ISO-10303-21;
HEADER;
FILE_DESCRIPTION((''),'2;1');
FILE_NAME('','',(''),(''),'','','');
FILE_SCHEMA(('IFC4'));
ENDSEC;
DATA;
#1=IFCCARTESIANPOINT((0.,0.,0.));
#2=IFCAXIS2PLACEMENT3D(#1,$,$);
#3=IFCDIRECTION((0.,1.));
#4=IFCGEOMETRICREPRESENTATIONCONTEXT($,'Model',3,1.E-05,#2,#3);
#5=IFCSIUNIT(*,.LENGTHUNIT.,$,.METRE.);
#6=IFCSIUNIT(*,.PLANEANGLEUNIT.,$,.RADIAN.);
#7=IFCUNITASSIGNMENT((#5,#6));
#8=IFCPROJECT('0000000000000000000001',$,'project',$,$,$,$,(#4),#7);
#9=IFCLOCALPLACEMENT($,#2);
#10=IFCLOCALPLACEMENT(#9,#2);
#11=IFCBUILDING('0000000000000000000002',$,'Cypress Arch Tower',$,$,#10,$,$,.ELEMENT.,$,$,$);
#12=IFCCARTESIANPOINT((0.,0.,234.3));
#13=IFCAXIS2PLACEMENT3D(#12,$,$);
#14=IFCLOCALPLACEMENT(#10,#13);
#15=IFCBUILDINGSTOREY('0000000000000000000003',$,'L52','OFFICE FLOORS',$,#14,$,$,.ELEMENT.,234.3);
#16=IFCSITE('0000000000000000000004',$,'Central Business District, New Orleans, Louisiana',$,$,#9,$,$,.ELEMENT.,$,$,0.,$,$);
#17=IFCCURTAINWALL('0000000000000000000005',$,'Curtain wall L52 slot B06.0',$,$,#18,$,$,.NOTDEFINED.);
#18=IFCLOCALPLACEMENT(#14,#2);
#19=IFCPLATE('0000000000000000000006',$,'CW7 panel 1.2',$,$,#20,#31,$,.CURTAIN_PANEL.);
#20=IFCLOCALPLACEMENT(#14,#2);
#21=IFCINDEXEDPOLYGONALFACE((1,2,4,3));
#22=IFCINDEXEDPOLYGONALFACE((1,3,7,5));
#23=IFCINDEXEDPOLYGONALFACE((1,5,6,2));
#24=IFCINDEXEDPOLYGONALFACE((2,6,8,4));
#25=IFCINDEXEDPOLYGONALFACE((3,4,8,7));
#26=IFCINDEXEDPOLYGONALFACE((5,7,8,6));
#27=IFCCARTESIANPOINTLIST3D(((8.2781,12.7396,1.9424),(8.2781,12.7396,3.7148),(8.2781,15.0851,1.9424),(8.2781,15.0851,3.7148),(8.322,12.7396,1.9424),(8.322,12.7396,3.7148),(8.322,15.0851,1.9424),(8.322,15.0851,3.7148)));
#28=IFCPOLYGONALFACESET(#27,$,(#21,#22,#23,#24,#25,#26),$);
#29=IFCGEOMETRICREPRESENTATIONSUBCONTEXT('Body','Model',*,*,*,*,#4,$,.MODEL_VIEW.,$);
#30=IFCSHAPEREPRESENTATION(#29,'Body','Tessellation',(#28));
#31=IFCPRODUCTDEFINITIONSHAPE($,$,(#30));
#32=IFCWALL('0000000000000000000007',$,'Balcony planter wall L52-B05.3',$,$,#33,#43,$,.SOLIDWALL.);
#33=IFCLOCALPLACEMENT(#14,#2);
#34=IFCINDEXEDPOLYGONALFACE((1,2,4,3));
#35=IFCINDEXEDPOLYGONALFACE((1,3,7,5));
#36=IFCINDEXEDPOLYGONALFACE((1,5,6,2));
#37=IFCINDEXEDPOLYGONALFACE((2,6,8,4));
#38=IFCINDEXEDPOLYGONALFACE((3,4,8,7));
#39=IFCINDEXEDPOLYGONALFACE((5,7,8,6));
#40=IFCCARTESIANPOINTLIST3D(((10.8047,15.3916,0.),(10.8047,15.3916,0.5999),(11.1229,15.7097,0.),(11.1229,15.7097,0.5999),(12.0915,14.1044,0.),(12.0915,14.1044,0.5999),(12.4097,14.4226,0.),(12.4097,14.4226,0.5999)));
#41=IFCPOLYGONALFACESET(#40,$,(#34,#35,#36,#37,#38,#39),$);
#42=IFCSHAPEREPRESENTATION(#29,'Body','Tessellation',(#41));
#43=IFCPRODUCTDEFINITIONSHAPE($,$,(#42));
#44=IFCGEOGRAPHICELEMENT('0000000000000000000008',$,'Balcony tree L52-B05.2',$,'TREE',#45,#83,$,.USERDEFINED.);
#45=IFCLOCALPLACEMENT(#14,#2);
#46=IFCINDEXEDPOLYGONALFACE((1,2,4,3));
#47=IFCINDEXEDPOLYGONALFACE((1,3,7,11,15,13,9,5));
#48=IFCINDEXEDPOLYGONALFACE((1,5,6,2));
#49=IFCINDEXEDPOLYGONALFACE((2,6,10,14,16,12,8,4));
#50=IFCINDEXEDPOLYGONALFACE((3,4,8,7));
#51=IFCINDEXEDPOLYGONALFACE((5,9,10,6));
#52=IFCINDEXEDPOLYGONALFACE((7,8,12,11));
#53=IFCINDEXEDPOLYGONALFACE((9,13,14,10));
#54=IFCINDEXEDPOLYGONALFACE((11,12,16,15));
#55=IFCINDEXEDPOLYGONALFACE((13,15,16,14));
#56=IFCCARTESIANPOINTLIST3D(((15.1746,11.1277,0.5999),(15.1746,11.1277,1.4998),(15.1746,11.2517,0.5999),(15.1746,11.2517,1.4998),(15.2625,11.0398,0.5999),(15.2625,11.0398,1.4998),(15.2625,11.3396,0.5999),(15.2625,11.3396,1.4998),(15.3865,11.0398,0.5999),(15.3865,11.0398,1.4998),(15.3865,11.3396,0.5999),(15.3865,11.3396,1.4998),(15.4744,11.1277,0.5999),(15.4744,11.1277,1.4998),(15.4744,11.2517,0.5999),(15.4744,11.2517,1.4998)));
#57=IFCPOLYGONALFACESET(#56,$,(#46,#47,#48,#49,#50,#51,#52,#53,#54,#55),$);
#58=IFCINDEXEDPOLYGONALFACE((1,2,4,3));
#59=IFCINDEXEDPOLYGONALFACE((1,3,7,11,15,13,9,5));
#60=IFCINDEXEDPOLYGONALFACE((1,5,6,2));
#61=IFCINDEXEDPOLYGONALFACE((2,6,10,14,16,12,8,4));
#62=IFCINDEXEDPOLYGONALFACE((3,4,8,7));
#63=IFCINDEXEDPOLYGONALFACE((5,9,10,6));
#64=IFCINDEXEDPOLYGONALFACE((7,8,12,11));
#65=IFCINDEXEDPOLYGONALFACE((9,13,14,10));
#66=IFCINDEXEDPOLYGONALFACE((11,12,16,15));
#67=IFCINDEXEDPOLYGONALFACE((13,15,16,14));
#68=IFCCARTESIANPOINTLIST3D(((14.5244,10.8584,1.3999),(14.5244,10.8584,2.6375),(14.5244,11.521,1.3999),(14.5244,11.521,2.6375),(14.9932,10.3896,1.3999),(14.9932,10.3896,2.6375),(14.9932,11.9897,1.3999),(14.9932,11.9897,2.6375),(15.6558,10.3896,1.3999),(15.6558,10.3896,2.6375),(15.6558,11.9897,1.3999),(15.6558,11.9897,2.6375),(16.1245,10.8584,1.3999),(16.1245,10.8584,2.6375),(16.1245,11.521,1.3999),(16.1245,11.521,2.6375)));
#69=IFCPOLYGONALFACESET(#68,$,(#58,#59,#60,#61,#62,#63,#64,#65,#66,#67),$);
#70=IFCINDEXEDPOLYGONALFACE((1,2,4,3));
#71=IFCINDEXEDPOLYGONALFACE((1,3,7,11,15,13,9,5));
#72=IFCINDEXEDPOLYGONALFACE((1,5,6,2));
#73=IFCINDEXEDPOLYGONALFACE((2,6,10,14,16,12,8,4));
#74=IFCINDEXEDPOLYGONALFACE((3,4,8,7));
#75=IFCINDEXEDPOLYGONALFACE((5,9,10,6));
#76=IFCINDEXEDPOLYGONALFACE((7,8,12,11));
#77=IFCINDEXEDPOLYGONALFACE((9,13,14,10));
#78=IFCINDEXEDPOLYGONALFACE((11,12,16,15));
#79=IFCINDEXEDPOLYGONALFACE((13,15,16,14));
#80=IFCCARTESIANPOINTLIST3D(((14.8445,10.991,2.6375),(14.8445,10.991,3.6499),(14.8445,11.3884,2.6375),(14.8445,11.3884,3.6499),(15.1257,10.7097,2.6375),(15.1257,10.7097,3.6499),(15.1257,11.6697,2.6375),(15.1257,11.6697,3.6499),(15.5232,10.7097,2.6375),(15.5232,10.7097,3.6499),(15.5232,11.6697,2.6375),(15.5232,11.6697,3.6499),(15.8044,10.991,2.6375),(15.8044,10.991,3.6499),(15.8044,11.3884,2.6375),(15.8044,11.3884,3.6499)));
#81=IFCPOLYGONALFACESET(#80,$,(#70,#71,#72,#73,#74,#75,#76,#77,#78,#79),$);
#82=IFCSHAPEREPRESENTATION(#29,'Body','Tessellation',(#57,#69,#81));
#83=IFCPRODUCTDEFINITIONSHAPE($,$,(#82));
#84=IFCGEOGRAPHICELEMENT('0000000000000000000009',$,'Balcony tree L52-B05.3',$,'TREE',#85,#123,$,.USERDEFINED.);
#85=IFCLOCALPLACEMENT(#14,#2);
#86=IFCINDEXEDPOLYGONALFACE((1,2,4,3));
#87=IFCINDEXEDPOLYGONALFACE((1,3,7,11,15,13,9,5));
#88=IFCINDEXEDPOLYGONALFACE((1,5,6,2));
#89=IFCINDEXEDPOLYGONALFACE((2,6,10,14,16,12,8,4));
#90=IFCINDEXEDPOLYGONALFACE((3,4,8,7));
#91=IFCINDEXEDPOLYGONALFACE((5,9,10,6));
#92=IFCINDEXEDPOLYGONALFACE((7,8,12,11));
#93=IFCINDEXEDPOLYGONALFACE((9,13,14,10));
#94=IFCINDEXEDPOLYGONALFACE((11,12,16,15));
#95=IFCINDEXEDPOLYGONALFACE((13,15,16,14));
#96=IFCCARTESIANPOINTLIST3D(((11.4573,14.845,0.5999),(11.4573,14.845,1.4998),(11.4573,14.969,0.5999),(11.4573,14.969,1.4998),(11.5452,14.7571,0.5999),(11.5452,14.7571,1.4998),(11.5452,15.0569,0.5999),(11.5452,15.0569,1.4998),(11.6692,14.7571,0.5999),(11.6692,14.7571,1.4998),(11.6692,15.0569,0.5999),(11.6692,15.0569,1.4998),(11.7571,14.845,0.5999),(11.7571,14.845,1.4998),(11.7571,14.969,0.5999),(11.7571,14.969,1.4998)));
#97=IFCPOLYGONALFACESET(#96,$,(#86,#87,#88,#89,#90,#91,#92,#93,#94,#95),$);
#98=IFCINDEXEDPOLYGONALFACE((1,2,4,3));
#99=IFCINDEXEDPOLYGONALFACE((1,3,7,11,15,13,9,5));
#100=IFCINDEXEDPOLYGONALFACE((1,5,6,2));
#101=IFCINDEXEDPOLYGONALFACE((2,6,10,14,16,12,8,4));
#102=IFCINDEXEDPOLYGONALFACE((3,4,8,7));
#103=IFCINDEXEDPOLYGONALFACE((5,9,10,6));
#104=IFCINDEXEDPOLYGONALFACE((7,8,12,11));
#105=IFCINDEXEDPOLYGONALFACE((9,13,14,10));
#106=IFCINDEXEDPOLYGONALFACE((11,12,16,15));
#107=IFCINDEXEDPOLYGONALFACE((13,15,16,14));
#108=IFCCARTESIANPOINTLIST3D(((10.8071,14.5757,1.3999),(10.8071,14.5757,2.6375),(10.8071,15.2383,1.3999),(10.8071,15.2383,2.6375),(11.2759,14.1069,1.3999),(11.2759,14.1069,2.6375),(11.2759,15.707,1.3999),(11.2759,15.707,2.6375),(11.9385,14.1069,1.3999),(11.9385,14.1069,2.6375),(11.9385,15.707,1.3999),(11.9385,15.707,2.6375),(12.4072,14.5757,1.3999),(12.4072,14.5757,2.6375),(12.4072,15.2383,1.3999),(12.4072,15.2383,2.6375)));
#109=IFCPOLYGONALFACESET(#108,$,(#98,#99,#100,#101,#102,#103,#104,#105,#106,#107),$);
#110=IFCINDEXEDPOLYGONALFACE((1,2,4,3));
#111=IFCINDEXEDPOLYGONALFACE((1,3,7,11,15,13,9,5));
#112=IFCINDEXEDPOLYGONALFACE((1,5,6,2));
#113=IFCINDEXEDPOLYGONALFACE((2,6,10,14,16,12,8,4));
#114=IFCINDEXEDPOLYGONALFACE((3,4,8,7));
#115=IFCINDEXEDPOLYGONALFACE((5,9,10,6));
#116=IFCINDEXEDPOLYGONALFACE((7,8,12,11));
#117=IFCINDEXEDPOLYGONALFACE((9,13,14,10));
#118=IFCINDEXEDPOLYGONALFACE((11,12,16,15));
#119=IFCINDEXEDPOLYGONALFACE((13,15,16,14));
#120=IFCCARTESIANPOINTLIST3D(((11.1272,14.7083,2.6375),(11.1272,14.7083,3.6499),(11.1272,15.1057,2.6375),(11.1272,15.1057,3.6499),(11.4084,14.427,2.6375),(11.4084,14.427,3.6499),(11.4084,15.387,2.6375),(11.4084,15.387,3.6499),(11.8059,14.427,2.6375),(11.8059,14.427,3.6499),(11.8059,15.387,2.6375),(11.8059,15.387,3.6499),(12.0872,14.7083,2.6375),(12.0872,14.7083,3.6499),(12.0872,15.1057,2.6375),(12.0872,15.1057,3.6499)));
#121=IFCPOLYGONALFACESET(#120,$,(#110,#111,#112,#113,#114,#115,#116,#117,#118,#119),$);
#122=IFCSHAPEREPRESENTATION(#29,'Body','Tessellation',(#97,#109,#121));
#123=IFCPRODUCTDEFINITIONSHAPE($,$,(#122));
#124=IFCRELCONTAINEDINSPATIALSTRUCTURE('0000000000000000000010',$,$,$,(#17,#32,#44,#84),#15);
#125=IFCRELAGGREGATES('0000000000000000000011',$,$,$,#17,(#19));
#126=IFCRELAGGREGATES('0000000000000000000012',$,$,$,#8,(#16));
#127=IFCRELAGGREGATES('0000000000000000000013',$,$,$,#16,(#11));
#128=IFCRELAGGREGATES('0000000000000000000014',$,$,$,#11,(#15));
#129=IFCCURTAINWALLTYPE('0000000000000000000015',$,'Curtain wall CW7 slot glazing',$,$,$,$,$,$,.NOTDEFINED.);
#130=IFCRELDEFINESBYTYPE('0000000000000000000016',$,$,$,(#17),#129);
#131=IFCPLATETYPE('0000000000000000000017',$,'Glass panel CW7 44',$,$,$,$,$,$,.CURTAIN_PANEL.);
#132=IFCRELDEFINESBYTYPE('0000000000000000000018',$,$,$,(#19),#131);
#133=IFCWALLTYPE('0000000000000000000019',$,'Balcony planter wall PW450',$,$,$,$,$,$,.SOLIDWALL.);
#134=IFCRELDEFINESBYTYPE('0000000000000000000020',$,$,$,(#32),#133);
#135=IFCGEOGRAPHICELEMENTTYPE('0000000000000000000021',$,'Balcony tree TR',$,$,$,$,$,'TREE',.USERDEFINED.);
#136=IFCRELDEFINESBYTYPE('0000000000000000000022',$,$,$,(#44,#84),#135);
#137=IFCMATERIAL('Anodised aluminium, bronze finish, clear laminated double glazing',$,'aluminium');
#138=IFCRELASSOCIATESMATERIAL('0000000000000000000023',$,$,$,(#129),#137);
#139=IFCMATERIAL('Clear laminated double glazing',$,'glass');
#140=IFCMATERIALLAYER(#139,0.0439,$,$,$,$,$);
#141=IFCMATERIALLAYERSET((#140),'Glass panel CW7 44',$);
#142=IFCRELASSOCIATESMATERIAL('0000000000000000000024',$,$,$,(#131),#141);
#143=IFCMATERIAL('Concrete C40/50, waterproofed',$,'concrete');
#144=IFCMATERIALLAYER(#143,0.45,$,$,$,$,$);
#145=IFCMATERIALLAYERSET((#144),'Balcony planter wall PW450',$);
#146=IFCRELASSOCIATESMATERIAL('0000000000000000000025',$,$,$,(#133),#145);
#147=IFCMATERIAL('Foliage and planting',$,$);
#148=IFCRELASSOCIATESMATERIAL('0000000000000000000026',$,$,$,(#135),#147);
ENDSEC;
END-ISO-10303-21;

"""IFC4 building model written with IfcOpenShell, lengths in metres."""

from ifc_helpers import new_model, si_unit, direction, frame, frame_2d, origin, origin_2d, place, context, subcontext, project, spatial, polyline, rectangle, outline, extrude, material, layer, layer_set, type_object, element, aggregate, save


model = new_model("IFC4")

# Units and contexts
model_context = context("Model", 3, precision=1e-05, world=origin(), true_north=direction((0.0, 1.0)))
body_context = subcontext(model_context, "Body", "Model", "MODEL_VIEW")
ifc_project = project(units=[si_unit("LENGTHUNIT", "METRE"), si_unit("PLANEANGLEUNIT", "RADIAN")], contexts=[model_context])

# Site, building, storey
site_placement = place(None, origin())
site = spatial("IfcSite", under=ifc_project, at=site_placement, Name="Central Business District, New Orleans, Louisiana", CompositionType="ELEMENT", RefElevation=0.0)
building_placement = place(site_placement, origin())
building = spatial("IfcBuilding", under=site, at=building_placement, Name="Cypress Arch Tower", CompositionType="ELEMENT")
storey_placement = place(building_placement, frame((0.0, 0.0, 234.3)))
storey = spatial("IfcBuildingStorey", under=building, at=storey_placement, Name="L52", Description="OFFICE FLOORS", CompositionType="ELEMENT", Elevation=234.3)

# Curtain wall
ifc_material_1 = material(Name="Anodised aluminium, bronze finish, clear laminated double glazing", Category="aluminium")
curtain_wall_type = type_object("IfcCurtainWallType", Name="Curtain wall CW7 slot glazing", PredefinedType="NOTDEFINED", material=ifc_material_1)
curtain_wall_placement = place(storey_placement, origin())
curtain_wall = element("IfcCurtainWall", 1, at=curtain_wall_placement, inside=storey, type_object=curtain_wall_type, Name="Curtain wall L52 slot B06.0", PredefinedType="NOTDEFINED")

# Plate
ifc_material_2 = material(Name="Clear laminated double glazing", Category="glass")
ifc_layer_1 = layer(ifc_material_2, 0.0439)
ifc_layer_set_1 = layer_set([ifc_layer_1], Name="Glass panel CW7 44")
plate_type = type_object("IfcPlateType", Name="Glass panel CW7 44", PredefinedType="CURTAIN_PANEL", material=ifc_layer_set_1)
plate_1_placement = place(storey_placement, frame((8.3, 13.9124, 1.9424), z_axis=(0.0, 0.0, 1.0), x_axis=(0.0, -1.0, 0.0)))
plate_1 = element("IfcPlate", 2, at=plate_1_placement, type_object=plate_type, Name="CW7 panel 1.2", PredefinedType="CURTAIN_PANEL", context=body_context, shape_type="SweptSolid", body=[
    extrude(rectangle(XDim=2.3455, YDim=0.0439, at=origin_2d()), origin(), (0.0, 0.0, 1.0), 1.7725),
])
aggregate(curtain_wall, [plate_1])

# Wall
ifc_material_3 = material(Name="Concrete C40/50, waterproofed", Category="concrete")
ifc_layer_2 = layer(ifc_material_3, 0.45)
ifc_layer_set_2 = layer_set([ifc_layer_2], Name="Balcony planter wall PW450")
wall_type_1 = type_object("IfcWallType", Name="Balcony planter wall PW450", PredefinedType="SOLIDWALL", material=ifc_layer_set_2)
wall_1_placement = place(storey_placement, frame((12.2507, 14.2634, 0.0), z_axis=(0.0, 0.0, 1.0), x_axis=(-0.70704, 0.707174, 0.0)))
element("IfcWall", 3, at=wall_1_placement, inside=storey, type_object=wall_type_1, Name="Balcony planter wall L52-B05.3", PredefinedType="SOLIDWALL", context=body_context, shape_type="SweptSolid", body=[
    extrude(rectangle(XDim=1.8201, YDim=0.45, at=frame_2d((0.9102, 0.0))), origin(), (0.0, 0.0, 1.0), 0.5999),
])

# Geographic elements
ifc_material_4 = material(Name="Foliage and planting")
geographic_element_type = type_object("IfcGeographicElementType", Name="Balcony tree TR", ElementType="TREE", PredefinedType="USERDEFINED", material=ifc_material_4)
for number, where, z_axis, x_axis, name in (
    (4, (15.3245, 11.1897, 0.5999), (0.0, 0.0, 1.0), (1.0, 0.0, 0.0), "Balcony tree L52-B05.2"),
    (5, (11.6072, 14.907, 0.5999), (0.0, 0.0, 1.0), (1.0, 0.0, 0.0), "Balcony tree L52-B05.3"),
):
    element("IfcGeographicElement", number, at=place(storey_placement, frame(where, z_axis=z_axis, x_axis=x_axis)), inside=storey, type_object=geographic_element_type, Name=name, ObjectType="TREE", PredefinedType="USERDEFINED", context=body_context, shape_type="SweptSolid", body=[
        extrude(outline(polyline([(0.1499, 0.062), (0.062, 0.1499), (-0.062, 0.1499), (-0.1499, 0.062), (-0.1499, -0.062), (-0.062, -0.1499), (0.062, -0.1499), (0.1499, -0.062), (0.1499, 0.062)])), origin(), (0.0, 0.0, 1.0), 0.8999),
        extrude(outline(polyline([(0.8, 0.3313), (0.3313, 0.8), (-0.3313, 0.8), (-0.8, 0.3313), (-0.8, -0.3313), (-0.3313, -0.8), (0.3313, -0.8), (0.8, -0.3313), (0.8, 0.3313)])), frame((0.0, 0.0, 0.8)), (0.0, 0.0, 1.0), 1.2375),
        extrude(outline(polyline([(0.48, 0.1987), (0.1987, 0.48), (-0.1987, 0.48), (-0.48, 0.1987), (-0.48, -0.1987), (-0.1987, -0.48), (0.1987, -0.48), (0.48, -0.1987), (0.48, 0.1987)])), frame((0.0, 0.0, 2.0376)), (0.0, 0.0, 1.0), 1.0125),
    ])

save(model, "model.ifc")
